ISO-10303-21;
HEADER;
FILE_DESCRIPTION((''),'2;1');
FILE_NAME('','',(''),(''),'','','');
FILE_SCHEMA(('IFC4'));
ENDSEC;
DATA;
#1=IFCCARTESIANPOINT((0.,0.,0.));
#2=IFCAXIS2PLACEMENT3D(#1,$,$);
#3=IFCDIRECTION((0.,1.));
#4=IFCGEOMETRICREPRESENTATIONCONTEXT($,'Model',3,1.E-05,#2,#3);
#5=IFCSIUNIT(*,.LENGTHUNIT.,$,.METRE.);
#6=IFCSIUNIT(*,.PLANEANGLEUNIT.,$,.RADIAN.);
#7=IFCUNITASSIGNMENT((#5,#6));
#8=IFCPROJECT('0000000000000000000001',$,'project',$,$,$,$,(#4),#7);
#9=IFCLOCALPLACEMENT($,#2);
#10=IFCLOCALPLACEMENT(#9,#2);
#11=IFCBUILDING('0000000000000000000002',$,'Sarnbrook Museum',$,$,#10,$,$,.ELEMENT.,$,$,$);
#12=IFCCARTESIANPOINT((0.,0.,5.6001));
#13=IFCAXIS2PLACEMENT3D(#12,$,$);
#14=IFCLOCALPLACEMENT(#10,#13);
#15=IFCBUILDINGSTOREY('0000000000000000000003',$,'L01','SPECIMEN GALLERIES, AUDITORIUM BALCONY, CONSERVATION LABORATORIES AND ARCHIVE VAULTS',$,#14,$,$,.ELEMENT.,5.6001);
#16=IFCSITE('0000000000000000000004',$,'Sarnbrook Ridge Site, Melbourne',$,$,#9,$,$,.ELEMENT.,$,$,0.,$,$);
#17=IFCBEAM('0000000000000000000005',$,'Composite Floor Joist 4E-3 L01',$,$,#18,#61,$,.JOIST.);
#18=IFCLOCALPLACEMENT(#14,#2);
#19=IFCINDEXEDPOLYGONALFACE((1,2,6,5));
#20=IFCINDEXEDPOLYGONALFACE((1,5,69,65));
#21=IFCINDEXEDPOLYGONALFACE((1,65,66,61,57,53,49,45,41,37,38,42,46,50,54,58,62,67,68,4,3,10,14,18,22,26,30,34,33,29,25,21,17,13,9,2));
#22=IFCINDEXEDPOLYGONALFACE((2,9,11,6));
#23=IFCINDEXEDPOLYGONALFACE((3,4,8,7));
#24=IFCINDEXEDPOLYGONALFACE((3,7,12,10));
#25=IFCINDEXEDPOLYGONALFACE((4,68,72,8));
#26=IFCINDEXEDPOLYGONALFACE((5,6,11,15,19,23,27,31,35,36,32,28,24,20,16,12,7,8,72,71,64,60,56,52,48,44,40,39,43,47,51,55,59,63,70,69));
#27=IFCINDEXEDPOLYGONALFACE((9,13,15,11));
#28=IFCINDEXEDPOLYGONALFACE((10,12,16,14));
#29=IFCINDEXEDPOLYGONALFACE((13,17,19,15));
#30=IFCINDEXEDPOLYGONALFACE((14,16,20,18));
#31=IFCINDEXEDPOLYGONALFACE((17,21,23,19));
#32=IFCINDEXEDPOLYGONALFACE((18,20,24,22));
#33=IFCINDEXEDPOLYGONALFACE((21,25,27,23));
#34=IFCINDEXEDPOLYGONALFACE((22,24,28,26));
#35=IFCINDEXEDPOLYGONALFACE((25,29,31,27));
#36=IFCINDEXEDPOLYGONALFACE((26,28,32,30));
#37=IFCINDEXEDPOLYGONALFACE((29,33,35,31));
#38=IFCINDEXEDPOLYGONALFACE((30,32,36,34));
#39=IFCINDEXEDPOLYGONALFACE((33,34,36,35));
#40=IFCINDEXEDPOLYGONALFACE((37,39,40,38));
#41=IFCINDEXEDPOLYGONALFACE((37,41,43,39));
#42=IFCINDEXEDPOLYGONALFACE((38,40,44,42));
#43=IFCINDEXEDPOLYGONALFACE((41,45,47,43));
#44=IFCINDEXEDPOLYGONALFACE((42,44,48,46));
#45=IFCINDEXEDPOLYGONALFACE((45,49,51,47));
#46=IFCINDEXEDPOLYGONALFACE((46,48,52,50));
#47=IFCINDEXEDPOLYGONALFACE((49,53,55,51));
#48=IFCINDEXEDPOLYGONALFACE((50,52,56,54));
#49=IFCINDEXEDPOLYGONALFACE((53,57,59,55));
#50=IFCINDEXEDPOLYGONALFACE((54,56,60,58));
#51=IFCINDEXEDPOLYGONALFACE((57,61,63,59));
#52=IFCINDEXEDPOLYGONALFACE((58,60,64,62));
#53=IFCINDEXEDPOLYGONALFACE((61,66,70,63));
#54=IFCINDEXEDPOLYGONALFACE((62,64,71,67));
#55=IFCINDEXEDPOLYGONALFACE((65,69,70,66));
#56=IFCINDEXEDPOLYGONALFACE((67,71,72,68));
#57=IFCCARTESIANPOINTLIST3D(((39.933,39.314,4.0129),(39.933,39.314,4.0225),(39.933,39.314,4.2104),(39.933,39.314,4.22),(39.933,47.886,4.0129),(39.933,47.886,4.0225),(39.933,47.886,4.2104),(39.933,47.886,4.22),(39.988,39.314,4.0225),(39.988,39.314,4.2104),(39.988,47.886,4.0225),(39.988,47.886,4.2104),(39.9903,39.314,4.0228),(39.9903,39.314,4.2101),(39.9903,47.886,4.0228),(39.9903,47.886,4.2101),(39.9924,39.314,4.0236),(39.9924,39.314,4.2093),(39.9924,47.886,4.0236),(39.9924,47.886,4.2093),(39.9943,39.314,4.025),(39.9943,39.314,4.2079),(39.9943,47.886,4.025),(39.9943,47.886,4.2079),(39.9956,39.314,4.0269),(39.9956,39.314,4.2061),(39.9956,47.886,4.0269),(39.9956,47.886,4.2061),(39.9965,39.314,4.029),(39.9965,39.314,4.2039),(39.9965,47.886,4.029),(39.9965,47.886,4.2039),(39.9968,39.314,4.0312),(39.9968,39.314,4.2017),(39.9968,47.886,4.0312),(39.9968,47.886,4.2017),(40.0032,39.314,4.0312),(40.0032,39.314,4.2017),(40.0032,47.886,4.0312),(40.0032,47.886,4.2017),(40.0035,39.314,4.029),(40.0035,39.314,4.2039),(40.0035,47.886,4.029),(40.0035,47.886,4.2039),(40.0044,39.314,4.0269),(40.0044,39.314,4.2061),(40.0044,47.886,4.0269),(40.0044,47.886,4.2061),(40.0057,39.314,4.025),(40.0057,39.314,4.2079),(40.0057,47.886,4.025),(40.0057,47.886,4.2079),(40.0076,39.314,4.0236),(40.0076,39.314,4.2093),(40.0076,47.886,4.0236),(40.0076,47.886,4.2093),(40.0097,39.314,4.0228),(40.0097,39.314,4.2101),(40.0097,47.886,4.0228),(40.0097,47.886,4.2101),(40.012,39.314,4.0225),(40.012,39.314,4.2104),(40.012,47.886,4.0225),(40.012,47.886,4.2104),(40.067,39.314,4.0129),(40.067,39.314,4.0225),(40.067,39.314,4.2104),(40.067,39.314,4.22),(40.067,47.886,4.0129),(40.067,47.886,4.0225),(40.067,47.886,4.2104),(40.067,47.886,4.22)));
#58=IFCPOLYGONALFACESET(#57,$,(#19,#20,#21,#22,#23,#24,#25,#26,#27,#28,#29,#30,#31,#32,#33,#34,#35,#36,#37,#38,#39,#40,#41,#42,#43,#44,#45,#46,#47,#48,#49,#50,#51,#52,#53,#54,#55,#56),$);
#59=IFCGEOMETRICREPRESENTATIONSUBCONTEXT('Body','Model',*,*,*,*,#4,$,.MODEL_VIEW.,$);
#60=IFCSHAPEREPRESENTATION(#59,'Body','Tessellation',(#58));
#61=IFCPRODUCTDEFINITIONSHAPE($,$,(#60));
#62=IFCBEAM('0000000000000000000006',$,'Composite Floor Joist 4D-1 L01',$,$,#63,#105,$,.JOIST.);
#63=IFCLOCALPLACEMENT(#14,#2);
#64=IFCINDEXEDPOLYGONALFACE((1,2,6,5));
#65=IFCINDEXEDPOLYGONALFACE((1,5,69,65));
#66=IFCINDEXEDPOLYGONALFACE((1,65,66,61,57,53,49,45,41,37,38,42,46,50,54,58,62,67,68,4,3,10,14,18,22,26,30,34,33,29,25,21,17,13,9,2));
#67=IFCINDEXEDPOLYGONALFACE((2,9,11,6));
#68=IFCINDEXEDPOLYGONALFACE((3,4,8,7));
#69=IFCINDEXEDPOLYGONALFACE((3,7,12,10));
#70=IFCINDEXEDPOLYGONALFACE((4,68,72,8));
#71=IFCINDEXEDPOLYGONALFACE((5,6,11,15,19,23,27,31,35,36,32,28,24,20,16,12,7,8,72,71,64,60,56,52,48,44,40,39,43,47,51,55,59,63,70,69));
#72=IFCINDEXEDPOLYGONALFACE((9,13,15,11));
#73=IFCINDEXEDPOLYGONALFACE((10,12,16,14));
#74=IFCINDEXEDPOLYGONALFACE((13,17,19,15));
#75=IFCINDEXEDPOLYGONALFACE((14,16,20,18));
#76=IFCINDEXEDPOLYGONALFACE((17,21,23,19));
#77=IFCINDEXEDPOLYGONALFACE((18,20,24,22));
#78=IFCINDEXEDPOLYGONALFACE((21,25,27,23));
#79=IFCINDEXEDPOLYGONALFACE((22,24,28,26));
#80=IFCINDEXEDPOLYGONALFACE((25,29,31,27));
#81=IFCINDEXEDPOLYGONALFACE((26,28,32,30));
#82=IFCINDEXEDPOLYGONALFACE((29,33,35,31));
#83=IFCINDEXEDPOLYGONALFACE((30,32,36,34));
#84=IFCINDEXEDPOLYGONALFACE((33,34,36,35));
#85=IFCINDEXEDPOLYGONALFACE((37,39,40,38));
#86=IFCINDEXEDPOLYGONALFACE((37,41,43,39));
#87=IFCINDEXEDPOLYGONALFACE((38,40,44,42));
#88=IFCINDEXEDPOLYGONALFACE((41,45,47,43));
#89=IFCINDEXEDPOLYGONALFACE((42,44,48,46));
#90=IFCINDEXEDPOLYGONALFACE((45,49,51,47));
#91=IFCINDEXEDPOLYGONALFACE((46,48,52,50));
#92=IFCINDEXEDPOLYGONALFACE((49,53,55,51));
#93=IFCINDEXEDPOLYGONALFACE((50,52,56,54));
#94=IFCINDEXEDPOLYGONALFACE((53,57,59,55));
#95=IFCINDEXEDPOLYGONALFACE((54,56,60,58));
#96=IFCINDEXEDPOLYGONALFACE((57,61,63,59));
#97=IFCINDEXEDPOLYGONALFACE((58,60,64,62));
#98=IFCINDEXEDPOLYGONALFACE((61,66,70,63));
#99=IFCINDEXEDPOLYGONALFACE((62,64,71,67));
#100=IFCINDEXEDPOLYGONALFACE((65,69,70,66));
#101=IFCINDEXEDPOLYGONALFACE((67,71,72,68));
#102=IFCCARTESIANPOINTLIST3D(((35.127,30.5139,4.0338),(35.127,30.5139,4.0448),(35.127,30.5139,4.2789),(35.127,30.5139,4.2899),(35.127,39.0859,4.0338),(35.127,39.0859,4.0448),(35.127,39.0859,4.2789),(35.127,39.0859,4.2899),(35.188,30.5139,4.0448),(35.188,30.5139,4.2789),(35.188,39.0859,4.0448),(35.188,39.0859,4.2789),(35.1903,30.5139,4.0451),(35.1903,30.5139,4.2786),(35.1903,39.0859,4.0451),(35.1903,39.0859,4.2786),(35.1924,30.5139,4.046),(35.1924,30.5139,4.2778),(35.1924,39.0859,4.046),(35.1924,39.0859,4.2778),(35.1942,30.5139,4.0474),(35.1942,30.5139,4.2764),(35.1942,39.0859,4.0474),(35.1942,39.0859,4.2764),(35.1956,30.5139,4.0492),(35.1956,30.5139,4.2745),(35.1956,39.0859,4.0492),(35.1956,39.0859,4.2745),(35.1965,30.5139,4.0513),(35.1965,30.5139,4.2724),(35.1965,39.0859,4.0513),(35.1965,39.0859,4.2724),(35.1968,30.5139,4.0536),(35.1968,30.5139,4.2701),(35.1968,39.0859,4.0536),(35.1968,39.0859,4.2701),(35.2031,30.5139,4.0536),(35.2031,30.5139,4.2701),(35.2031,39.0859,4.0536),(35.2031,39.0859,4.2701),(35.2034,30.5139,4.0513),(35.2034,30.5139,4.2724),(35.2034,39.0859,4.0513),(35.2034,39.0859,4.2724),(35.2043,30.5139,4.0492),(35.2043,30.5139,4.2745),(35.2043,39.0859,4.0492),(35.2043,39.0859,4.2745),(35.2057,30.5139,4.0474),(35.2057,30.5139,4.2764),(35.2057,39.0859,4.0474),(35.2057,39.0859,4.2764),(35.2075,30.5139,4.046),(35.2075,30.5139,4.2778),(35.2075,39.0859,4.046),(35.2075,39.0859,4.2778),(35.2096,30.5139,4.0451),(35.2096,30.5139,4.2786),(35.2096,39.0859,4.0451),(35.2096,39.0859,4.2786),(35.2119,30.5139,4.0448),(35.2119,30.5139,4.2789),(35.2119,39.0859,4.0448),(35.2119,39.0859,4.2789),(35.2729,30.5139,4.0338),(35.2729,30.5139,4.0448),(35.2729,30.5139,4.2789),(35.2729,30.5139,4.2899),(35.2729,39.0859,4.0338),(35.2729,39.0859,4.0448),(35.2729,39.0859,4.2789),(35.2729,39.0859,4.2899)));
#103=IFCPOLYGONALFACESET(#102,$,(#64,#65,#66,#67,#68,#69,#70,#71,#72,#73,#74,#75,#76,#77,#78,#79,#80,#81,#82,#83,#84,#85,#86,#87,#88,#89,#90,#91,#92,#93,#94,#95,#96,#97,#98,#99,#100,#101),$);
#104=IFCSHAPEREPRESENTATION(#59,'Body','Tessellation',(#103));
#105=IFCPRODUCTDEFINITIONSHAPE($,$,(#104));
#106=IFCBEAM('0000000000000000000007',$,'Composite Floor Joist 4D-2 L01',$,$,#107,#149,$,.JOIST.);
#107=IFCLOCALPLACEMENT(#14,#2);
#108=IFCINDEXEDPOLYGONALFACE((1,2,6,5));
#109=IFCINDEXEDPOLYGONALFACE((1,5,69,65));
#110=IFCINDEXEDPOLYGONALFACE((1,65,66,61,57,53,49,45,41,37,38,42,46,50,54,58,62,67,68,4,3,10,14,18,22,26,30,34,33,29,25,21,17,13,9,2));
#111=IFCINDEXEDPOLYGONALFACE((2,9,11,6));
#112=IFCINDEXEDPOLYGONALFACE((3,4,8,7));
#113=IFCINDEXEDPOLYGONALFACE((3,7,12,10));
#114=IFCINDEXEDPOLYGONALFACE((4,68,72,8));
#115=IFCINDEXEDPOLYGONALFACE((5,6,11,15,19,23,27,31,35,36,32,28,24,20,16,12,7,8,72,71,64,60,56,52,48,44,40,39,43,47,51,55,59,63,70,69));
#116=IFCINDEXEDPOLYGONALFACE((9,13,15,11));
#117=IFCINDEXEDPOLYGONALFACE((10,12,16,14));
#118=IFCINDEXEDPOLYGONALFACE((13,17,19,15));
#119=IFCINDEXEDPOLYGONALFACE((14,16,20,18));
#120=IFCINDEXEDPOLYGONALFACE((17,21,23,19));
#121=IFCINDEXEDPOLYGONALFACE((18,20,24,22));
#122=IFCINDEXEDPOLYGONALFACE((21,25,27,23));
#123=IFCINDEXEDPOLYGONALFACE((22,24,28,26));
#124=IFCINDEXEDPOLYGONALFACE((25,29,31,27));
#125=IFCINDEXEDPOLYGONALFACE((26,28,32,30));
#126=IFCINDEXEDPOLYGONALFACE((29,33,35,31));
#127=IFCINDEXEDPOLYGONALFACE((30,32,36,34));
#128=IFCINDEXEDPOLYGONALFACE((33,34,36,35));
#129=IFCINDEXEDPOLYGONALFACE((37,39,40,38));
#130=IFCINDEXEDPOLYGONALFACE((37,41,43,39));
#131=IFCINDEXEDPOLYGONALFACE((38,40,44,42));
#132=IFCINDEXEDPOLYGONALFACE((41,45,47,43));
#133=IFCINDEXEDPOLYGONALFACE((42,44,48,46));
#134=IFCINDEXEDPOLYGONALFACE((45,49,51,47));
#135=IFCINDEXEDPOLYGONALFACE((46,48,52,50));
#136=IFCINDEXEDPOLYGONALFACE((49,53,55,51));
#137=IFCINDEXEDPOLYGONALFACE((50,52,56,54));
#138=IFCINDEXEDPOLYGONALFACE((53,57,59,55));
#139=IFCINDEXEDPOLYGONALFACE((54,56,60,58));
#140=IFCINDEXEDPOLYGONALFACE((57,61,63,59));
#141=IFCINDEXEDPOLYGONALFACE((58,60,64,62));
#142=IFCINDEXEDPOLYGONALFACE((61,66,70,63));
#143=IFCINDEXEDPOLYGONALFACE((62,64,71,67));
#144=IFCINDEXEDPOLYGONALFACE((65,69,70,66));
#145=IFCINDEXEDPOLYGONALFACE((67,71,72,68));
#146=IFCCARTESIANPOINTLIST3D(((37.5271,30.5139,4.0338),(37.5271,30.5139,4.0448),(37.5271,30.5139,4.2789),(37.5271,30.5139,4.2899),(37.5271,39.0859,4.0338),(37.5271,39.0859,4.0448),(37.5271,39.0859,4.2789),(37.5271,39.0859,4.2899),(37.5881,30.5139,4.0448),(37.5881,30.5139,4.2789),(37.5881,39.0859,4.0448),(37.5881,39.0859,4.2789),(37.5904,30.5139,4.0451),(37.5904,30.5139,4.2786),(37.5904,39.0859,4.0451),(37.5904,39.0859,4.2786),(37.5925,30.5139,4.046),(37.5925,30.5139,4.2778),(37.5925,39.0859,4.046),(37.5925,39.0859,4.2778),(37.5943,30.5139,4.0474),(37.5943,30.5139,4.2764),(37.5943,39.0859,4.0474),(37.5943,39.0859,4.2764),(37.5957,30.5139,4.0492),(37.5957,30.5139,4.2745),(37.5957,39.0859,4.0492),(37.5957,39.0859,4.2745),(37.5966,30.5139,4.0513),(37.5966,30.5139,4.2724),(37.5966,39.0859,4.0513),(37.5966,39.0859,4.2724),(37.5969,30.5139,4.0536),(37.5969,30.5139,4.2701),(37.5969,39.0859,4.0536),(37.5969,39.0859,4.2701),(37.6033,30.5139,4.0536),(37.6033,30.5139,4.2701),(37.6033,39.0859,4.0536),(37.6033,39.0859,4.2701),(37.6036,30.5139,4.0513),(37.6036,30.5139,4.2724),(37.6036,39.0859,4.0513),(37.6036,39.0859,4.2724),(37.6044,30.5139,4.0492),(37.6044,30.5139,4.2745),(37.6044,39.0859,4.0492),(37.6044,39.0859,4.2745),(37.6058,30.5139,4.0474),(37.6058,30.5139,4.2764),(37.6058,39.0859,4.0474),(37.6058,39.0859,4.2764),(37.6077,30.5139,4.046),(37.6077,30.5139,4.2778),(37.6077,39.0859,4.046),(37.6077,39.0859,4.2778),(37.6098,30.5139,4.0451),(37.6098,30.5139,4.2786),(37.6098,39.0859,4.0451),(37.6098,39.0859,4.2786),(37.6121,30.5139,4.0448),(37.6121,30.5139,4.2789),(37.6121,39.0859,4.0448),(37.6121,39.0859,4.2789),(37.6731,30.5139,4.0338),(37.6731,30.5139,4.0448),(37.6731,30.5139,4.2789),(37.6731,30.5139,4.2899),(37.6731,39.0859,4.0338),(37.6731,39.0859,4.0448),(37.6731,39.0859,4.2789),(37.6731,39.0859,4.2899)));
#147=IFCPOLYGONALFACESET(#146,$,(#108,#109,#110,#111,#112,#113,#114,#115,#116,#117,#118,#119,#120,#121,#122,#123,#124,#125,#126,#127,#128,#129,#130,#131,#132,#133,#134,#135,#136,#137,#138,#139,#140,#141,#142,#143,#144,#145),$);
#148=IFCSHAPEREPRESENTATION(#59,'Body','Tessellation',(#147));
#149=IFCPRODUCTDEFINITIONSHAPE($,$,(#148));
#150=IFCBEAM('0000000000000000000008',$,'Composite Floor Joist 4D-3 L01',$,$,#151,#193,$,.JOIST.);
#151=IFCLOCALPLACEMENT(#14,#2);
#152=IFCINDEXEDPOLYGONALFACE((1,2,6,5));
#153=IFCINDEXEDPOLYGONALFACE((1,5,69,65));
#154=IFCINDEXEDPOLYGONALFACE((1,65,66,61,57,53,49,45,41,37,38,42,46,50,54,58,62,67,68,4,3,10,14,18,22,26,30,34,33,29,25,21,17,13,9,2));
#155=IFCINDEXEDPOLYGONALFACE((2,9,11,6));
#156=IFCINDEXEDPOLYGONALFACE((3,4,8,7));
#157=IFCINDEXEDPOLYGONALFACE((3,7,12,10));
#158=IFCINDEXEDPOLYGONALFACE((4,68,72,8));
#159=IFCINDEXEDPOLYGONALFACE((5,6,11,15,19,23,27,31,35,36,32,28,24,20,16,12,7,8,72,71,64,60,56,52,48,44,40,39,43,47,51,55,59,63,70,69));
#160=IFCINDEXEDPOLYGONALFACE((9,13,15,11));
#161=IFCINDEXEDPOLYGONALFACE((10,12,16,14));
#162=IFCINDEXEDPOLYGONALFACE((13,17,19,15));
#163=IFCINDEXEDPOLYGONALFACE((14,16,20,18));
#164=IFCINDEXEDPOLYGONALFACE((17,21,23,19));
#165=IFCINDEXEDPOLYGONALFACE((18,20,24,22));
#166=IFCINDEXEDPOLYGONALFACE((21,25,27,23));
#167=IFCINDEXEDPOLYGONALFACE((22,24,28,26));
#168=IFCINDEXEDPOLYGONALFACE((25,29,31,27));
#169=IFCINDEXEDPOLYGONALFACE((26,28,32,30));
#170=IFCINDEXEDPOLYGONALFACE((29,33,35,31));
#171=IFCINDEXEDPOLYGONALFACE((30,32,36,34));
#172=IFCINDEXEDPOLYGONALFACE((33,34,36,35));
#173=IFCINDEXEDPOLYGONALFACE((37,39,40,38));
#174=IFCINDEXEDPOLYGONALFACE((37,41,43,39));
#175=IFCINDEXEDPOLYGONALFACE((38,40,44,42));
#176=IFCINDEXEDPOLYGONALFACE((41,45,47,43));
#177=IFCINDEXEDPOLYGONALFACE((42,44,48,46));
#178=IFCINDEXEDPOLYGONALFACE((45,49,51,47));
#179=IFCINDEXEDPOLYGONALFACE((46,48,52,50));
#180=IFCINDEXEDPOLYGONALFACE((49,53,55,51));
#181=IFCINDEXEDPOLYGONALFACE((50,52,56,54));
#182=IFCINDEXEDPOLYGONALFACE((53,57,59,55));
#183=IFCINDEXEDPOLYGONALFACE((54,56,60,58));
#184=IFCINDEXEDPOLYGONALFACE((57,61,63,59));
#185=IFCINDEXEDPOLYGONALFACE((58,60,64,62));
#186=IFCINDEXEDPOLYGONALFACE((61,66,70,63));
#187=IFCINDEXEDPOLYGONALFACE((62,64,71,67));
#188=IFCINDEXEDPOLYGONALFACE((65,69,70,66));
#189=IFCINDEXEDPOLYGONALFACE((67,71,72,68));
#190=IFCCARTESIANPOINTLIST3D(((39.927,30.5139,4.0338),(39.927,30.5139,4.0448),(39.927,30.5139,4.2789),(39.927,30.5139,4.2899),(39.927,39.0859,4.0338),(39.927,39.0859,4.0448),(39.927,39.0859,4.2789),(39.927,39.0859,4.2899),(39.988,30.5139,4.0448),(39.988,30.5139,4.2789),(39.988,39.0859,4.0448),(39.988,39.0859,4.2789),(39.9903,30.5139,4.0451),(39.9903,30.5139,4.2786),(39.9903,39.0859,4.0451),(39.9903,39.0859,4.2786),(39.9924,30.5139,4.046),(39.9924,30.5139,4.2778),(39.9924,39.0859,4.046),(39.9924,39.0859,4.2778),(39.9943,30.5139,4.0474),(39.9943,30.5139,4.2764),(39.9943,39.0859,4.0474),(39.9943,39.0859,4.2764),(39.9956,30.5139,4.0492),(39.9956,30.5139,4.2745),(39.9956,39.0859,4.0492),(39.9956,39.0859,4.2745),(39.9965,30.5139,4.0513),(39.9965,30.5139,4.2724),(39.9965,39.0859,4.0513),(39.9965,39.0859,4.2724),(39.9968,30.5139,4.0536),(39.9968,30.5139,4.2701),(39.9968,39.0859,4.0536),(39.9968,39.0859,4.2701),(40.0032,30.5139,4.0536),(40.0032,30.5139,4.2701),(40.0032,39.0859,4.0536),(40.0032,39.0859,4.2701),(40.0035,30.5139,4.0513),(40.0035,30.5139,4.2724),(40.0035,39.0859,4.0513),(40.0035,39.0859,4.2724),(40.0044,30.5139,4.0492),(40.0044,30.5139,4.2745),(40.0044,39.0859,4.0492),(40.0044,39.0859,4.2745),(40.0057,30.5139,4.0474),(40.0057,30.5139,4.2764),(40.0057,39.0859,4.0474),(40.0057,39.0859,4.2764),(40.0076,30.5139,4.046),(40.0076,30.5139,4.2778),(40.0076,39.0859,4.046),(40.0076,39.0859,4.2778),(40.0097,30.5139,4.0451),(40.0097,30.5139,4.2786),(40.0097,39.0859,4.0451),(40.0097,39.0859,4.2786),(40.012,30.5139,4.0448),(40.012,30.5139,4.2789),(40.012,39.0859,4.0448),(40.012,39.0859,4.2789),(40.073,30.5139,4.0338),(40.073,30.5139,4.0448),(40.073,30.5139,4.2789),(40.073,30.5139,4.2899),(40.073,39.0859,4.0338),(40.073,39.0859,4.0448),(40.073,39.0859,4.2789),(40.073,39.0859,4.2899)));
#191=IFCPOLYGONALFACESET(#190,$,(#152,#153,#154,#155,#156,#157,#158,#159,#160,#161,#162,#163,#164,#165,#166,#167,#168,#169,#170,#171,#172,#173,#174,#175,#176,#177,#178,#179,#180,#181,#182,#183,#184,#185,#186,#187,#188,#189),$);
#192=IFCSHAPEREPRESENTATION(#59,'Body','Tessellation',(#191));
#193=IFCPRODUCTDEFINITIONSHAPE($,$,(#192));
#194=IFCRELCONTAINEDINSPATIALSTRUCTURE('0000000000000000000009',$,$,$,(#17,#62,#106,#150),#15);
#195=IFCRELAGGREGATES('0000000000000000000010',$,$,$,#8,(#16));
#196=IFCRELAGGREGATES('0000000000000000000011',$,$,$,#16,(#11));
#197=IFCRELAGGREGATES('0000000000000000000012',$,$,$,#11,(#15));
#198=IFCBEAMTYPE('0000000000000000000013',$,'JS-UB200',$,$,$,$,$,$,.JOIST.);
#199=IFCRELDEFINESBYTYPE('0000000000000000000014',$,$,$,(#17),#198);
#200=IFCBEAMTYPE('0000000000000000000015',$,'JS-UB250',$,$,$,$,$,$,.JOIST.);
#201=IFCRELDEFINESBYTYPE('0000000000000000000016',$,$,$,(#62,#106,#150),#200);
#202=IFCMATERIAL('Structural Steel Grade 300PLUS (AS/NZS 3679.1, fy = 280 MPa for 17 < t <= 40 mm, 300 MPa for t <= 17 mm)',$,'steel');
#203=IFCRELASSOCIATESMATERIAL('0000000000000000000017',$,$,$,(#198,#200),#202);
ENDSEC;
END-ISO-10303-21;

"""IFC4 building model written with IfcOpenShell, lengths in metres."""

from ifc_helpers import new_model, si_unit, direction, frame, origin, origin_2d, place, context, subcontext, project, spatial, i_section, extrude, material, material_profile, profile_set, type_object, element, save


model = new_model("IFC4")

# Units and contexts
model_context = context("Model", 3, precision=1e-05, world=origin(), true_north=direction((0.0, 1.0)))
body_context = subcontext(model_context, "Body", "Model", "MODEL_VIEW")
ifc_project = project(units=[si_unit("LENGTHUNIT", "METRE"), si_unit("PLANEANGLEUNIT", "RADIAN")], contexts=[model_context])

# Site, building, storey
site_placement = place(None, origin())
site = spatial("IfcSite", under=ifc_project, at=site_placement, Name="Sarnbrook Ridge Site, Melbourne", CompositionType="ELEMENT", RefElevation=0.0)
building_placement = place(site_placement, origin())
building = spatial("IfcBuilding", under=site, at=building_placement, Name="Sarnbrook Museum", CompositionType="ELEMENT")
storey_placement = place(building_placement, frame((0.0, 0.0, 5.6001)))
storey = spatial("IfcBuildingStorey", under=building, at=storey_placement, Name="L01", Description="SPECIMEN GALLERIES, AUDITORIUM BALCONY, CONSERVATION LABORATORIES AND ARCHIVE VAULTS", CompositionType="ELEMENT", Elevation=5.6001)

# Shared definitions
ifc_material_1 = material(Name="Structural Steel Grade 300PLUS (AS/NZS 3679.1, fy = 280 MPa for 17 < t <= 40 mm, 300 MPa for t <= 17 mm)", Category="steel")

# Beams
ifc_material_profile_1 = material_profile(ifc_material_1, i_section(OverallWidth=0.134, OverallDepth=0.207, WebThickness=0.0063, FlangeThickness=0.0095, FilletRadius=0.0088, at=origin_2d()), Name="200UB29.8")
ifc_profile_set_1 = profile_set([ifc_material_profile_1], Name="Structural Steel Grade 300PLUS (AS/NZS 3679.1, fy = 280 MPa for 17 < t <= 40 mm, 300 MPa for t <= 17 mm)")
beam_type_1 = type_object("IfcBeamType", Name="JS-UB200", PredefinedType="JOIST", material=ifc_profile_set_1)
for number, where, z_axis, x_axis, name in (
    (1, (40.0, 39.314, 4.1165), (0.0, 1.0, 0.0), (-1.0, 0.0, 0.0), "Composite Floor Joist 4E-3 L01"),
):
    element("IfcBeam", number, at=place(storey_placement, frame(where, z_axis=z_axis, x_axis=x_axis)), inside=storey, type_object=beam_type_1, Name=name, PredefinedType="JOIST", context=body_context, shape_type="SweptSolid", body=[
        extrude(i_section(OverallWidth=0.134, OverallDepth=0.207, WebThickness=0.0063, FlangeThickness=0.0095, FilletRadius=0.0088, at=origin_2d()), origin(), (0.0, 0.0, 1.0), 8.572),
    ])
ifc_material_profile_2 = material_profile(ifc_material_1, i_section(OverallWidth=0.146, OverallDepth=0.2561, WebThickness=0.0063, FlangeThickness=0.011, FilletRadius=0.0088, at=origin_2d()), Name="250UB37.3")
ifc_profile_set_2 = profile_set([ifc_material_profile_2], Name="Structural Steel Grade 300PLUS (AS/NZS 3679.1, fy = 280 MPa for 17 < t <= 40 mm, 300 MPa for t <= 17 mm)")
beam_type_2 = type_object("IfcBeamType", Name="JS-UB250", PredefinedType="JOIST", material=ifc_profile_set_2)
for number, where, z_axis, x_axis, name in (
    (2, (35.2, 30.5139, 4.1619), (0.0, 1.0, 0.0), (-1.0, 0.0, 0.0), "Composite Floor Joist 4D-1 L01"),
    (3, (37.6001, 30.5139, 4.1619), (0.0, 1.0, 0.0), (-1.0, 0.0, 0.0), "Composite Floor Joist 4D-2 L01"),
    (4, (40.0, 30.5139, 4.1619), (0.0, 1.0, 0.0), (-1.0, 0.0, 0.0), "Composite Floor Joist 4D-3 L01"),
):
    element("IfcBeam", number, at=place(storey_placement, frame(where, z_axis=z_axis, x_axis=x_axis)), inside=storey, type_object=beam_type_2, Name=name, PredefinedType="JOIST", context=body_context, shape_type="SweptSolid", body=[
        extrude(i_section(OverallWidth=0.146, OverallDepth=0.2561, WebThickness=0.0063, FlangeThickness=0.011, FilletRadius=0.0088, at=origin_2d()), origin(), (0.0, 0.0, 1.0), 8.572),
    ])

save(model, "model.ifc")
